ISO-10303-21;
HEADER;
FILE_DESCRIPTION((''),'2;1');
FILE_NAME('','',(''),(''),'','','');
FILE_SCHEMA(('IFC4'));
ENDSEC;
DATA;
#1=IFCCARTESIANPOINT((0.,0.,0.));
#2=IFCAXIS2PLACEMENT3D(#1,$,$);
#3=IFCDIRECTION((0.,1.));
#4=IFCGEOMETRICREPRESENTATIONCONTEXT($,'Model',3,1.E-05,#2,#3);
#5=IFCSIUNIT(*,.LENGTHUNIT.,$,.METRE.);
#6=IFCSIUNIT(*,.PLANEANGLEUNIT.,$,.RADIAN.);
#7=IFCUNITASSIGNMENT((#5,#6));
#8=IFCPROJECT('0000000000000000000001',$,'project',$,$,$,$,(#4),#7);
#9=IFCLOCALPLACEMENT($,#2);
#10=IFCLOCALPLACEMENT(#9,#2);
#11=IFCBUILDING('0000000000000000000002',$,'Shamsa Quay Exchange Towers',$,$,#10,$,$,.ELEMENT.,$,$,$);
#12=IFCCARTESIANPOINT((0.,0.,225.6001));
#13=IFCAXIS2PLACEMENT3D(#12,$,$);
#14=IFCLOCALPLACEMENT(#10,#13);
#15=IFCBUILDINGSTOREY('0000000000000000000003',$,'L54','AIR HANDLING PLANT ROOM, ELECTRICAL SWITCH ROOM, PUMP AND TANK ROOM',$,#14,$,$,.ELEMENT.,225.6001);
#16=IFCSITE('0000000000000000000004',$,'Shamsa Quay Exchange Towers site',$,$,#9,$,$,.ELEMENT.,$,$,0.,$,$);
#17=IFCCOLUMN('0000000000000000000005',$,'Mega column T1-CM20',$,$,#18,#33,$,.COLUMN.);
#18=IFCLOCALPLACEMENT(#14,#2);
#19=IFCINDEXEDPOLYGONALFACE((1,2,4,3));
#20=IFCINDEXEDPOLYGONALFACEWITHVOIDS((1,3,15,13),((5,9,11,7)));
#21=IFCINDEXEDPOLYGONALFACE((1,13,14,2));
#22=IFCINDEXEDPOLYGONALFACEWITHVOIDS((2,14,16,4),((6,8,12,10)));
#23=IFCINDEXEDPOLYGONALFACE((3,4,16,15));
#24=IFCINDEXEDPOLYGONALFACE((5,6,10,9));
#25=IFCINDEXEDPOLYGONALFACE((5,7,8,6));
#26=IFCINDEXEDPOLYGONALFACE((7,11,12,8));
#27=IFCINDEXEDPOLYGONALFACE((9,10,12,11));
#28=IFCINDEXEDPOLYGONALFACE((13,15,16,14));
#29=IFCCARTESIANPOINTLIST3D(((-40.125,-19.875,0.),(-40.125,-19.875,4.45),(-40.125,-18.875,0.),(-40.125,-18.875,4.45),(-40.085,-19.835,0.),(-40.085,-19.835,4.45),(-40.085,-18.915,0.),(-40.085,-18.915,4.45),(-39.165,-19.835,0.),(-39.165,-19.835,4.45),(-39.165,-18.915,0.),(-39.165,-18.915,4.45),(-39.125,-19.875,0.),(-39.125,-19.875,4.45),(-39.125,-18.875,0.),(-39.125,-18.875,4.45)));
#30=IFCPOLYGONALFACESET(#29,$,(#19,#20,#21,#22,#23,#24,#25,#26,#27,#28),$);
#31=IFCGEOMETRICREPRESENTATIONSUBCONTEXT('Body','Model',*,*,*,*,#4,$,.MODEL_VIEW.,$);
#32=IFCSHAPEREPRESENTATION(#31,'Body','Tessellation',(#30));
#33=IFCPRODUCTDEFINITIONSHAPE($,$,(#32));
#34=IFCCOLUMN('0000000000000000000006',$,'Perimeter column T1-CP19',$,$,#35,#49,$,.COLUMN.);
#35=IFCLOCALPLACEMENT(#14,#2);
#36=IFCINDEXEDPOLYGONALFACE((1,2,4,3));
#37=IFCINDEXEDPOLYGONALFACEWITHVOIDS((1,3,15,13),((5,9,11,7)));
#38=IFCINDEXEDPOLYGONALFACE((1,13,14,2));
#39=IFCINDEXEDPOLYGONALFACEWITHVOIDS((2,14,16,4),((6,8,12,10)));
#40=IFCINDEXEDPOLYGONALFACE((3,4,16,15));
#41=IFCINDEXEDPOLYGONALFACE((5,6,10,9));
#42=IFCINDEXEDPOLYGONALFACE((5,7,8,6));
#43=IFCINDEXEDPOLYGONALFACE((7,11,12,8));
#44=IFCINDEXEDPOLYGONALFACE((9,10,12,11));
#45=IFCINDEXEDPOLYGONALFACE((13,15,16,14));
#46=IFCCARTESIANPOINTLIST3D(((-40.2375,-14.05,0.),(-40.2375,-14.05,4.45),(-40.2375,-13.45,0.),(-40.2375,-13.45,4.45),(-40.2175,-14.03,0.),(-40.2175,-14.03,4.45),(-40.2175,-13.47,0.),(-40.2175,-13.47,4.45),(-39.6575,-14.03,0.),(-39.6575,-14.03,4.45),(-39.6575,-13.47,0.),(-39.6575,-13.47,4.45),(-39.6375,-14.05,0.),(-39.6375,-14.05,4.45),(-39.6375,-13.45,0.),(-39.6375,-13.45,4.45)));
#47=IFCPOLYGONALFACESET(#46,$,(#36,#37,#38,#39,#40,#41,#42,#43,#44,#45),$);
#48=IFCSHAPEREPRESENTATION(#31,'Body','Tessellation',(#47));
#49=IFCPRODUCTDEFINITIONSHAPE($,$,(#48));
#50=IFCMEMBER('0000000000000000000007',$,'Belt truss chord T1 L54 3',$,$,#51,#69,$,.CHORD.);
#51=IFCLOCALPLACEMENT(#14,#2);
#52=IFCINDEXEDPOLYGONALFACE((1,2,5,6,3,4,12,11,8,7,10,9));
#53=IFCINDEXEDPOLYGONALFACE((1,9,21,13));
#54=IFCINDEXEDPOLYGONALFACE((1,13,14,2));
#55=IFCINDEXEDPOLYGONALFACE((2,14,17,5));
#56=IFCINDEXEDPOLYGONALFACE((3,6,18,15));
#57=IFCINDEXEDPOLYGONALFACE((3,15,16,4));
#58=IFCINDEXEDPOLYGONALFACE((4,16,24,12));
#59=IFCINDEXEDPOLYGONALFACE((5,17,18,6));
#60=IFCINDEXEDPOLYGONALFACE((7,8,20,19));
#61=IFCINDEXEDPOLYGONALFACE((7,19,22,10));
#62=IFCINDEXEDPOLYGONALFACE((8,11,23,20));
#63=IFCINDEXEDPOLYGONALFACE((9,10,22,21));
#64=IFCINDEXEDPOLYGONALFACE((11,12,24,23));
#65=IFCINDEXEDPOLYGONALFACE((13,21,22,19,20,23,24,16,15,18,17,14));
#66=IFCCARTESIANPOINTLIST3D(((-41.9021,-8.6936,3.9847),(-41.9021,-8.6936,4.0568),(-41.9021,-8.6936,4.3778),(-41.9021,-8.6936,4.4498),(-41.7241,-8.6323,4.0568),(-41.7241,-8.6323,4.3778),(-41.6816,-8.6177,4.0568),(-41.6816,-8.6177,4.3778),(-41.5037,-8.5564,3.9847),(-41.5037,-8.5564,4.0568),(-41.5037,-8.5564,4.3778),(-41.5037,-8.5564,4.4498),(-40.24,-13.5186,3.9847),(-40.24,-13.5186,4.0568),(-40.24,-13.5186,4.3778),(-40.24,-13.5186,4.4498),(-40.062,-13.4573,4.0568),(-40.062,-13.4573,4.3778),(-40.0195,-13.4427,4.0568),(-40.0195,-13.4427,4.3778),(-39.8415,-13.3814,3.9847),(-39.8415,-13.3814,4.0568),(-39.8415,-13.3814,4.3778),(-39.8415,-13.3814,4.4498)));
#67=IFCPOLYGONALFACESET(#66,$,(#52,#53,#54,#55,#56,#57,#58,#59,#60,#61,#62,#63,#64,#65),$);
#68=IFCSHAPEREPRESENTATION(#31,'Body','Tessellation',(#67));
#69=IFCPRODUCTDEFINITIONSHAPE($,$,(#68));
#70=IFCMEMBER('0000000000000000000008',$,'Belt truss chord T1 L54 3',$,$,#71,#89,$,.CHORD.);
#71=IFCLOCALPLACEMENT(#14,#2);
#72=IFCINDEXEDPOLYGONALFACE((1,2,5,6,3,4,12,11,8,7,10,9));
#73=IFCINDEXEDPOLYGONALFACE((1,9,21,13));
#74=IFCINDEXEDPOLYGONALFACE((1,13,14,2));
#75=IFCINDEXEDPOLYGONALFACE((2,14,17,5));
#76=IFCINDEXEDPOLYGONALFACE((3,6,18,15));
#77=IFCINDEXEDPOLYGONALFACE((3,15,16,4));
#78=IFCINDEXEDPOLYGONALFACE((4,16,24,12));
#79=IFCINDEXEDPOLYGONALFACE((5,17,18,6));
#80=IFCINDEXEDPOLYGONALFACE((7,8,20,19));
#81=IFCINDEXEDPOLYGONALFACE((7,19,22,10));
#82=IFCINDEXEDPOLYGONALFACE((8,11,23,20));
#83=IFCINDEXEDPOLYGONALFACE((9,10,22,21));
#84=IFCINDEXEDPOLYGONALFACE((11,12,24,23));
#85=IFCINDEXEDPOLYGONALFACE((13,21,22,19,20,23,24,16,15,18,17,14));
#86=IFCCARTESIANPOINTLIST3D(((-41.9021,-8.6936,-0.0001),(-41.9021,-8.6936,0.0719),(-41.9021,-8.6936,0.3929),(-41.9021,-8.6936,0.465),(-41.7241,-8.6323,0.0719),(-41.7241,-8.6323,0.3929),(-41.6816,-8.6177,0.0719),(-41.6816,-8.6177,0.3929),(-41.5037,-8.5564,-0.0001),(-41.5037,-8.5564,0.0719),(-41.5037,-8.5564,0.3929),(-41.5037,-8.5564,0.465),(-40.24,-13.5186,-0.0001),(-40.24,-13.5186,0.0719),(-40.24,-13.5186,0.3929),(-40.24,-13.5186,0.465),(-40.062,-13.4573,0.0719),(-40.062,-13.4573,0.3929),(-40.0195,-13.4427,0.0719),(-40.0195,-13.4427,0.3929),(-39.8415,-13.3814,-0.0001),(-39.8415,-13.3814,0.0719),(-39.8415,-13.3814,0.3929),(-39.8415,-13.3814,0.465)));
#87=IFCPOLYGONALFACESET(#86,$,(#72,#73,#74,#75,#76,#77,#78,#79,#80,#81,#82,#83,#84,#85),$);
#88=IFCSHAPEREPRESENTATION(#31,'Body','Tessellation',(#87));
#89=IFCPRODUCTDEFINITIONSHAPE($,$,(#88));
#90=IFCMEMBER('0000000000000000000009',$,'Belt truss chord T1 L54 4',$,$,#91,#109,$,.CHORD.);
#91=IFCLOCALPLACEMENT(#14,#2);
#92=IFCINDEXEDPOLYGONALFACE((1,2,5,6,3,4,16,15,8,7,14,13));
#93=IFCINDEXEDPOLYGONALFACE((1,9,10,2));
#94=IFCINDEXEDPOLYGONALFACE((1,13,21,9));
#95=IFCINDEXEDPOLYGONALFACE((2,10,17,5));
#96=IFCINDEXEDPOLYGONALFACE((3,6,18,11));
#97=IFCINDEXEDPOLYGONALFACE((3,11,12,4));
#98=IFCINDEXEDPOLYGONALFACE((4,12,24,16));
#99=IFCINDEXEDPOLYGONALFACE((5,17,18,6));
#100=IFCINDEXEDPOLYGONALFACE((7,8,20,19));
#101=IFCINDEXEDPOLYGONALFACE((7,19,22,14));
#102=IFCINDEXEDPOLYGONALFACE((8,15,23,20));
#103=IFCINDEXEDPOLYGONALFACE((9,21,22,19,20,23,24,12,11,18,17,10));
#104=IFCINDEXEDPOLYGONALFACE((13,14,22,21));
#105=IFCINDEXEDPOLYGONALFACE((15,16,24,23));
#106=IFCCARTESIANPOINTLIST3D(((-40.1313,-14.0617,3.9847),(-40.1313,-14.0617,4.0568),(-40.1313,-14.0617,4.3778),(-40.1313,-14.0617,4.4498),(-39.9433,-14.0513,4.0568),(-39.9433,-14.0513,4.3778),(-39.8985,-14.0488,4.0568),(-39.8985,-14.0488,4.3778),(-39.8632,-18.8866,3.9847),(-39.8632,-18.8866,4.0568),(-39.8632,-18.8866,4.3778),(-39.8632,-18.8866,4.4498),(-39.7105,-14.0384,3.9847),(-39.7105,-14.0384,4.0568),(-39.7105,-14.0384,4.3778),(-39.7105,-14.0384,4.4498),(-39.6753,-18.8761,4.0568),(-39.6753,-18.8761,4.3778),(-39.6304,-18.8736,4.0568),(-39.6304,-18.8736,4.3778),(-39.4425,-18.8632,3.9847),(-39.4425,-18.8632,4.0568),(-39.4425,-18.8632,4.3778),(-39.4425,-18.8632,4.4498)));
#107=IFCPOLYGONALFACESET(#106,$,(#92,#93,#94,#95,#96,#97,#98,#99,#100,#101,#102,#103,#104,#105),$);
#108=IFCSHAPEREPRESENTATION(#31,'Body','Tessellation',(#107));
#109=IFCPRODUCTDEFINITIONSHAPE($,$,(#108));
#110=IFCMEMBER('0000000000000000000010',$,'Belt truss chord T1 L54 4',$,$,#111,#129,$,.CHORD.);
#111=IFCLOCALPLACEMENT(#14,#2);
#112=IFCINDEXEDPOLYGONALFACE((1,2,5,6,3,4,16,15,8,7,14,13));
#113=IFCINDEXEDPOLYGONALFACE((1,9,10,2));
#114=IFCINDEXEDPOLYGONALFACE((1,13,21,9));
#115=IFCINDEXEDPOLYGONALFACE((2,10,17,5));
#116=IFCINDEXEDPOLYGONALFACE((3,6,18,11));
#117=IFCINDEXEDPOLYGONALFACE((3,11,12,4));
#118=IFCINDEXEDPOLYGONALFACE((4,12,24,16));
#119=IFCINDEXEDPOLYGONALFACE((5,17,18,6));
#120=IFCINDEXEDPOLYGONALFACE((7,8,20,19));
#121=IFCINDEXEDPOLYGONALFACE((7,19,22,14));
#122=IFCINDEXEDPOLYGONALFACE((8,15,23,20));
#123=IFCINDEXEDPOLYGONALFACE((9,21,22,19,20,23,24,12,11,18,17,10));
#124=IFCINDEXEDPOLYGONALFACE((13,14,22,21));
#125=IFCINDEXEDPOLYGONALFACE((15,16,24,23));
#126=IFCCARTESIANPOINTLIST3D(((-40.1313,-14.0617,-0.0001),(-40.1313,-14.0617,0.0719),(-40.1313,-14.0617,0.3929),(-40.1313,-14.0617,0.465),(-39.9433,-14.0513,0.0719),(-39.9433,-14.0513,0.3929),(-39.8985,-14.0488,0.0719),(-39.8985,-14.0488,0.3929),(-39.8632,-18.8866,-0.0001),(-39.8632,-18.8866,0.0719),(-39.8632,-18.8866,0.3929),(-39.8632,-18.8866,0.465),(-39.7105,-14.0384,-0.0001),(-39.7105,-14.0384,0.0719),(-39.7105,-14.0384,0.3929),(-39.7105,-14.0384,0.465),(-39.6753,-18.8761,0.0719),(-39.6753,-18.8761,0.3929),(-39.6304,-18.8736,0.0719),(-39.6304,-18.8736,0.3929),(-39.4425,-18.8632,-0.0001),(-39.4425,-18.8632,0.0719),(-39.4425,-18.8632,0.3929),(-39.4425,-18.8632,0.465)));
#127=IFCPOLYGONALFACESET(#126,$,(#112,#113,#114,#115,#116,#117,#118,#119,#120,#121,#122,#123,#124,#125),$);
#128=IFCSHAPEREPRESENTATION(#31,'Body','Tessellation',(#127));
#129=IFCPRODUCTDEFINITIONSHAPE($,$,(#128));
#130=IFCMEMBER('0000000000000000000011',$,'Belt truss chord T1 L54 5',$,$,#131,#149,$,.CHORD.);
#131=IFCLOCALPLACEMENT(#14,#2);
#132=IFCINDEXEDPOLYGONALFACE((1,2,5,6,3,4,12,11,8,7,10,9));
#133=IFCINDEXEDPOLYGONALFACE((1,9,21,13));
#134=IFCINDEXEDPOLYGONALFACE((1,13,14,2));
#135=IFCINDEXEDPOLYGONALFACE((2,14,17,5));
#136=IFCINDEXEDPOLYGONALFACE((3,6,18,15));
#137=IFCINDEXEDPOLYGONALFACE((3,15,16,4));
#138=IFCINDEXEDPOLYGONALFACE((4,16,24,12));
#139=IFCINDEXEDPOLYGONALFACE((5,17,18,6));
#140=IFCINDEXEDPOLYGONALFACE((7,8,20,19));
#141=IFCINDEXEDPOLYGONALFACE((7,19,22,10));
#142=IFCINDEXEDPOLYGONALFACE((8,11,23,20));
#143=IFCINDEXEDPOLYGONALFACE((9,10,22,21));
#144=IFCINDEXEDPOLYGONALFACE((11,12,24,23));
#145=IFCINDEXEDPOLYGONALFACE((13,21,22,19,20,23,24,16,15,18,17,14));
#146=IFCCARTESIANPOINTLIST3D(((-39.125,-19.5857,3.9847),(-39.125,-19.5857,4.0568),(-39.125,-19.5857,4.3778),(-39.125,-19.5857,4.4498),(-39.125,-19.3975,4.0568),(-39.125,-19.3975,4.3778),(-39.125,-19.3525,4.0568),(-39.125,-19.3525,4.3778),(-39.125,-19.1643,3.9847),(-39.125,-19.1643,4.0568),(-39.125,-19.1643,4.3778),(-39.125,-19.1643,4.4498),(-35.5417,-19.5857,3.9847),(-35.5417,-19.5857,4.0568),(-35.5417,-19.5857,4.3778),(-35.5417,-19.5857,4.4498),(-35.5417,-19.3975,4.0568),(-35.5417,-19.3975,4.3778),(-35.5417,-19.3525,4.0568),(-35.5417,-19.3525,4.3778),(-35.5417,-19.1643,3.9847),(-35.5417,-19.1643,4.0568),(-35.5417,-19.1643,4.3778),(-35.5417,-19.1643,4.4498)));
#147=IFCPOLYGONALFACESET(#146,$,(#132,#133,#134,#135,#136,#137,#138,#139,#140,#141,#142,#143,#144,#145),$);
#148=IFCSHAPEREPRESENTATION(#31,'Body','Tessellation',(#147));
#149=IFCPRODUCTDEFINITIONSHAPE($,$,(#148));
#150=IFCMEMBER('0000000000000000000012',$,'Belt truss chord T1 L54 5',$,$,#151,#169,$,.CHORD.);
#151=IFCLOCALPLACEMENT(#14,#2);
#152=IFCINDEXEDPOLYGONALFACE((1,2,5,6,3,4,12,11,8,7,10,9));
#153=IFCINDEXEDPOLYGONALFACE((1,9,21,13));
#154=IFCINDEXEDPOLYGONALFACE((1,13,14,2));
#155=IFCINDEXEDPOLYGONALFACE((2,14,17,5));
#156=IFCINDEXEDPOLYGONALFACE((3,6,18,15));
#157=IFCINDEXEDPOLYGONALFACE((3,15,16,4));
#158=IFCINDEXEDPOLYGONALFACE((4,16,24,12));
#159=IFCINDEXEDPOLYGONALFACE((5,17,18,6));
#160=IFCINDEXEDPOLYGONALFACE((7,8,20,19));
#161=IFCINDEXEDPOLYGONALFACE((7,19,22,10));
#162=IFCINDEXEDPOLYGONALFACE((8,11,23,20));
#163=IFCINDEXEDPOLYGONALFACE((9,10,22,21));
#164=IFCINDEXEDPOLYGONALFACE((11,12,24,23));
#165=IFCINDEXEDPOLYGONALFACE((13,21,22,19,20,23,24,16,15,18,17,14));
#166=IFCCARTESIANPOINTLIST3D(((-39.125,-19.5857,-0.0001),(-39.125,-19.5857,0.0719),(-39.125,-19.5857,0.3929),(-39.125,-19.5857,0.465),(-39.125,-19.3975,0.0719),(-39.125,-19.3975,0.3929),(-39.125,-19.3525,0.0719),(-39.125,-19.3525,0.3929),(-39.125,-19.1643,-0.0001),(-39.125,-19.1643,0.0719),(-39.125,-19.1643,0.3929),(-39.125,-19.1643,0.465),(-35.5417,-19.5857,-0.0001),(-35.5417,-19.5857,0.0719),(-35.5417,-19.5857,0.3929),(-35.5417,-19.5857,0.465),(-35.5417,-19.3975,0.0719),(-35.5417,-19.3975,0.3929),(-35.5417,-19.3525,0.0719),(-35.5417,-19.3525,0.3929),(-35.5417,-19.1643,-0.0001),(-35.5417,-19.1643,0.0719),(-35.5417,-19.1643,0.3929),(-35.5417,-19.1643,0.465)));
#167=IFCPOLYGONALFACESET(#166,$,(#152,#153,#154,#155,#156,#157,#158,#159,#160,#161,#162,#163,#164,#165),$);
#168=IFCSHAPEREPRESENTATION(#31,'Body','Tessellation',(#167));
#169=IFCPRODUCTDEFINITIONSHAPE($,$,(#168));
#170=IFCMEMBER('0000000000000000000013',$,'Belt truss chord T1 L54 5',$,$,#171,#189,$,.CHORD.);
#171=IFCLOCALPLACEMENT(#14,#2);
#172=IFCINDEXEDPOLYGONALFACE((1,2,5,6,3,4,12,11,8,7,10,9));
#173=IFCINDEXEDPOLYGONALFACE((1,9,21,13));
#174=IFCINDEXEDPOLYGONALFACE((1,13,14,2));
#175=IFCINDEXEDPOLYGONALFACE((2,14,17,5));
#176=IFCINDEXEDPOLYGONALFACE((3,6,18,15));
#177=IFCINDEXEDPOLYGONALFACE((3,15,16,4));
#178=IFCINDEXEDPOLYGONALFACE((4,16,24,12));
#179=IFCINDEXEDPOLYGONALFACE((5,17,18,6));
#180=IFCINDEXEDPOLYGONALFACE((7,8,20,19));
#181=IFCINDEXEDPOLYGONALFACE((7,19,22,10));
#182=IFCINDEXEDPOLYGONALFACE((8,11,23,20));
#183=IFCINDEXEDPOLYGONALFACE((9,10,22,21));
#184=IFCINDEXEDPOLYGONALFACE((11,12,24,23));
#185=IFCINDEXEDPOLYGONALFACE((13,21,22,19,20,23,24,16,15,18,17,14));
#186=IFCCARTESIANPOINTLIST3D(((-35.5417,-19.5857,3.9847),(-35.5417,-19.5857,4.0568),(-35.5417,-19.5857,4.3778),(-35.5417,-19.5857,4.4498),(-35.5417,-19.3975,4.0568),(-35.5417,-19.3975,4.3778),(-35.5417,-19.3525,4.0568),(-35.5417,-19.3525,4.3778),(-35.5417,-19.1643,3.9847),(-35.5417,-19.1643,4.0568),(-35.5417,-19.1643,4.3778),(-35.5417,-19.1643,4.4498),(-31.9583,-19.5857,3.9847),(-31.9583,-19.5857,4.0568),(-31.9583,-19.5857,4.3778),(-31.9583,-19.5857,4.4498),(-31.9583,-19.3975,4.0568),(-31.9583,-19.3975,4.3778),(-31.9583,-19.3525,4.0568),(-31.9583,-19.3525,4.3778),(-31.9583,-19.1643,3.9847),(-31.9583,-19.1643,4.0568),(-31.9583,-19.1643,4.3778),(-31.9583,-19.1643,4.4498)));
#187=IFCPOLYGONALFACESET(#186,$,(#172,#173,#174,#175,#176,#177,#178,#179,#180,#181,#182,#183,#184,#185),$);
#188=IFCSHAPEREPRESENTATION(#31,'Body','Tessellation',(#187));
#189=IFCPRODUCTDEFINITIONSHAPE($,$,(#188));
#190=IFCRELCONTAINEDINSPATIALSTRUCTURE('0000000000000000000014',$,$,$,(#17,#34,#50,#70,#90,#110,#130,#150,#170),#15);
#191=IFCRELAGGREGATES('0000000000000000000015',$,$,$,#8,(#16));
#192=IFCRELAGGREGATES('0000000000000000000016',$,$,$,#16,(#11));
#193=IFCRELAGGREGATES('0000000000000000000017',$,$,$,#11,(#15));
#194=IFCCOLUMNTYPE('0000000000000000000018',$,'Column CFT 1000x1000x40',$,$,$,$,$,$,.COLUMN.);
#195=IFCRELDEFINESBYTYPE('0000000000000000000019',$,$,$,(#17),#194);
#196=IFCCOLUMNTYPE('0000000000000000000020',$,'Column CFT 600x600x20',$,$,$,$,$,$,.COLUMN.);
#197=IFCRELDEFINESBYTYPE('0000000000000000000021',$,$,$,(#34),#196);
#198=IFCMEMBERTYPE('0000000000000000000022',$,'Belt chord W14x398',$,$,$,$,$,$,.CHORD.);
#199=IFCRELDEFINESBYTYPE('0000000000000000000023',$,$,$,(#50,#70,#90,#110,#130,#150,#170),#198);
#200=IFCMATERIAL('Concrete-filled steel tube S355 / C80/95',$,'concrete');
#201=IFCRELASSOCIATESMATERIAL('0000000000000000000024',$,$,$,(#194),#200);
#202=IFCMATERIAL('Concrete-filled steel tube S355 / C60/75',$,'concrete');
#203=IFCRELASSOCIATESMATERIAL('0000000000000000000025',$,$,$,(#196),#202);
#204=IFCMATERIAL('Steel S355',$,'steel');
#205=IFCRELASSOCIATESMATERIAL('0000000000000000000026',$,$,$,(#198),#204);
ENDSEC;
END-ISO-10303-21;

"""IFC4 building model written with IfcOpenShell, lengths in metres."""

from ifc_helpers import new_model, si_unit, direction, frame, origin, origin_2d, place, context, subcontext, project, spatial, hollow_rectangle, i_section, extrude, material, material_profile, profile_set, type_object, element, save


model = new_model("IFC4")

# Units and contexts
model_context = context("Model", 3, precision=1e-05, world=origin(), true_north=direction((0.0, 1.0)))
body_context = subcontext(model_context, "Body", "Model", "MODEL_VIEW")
ifc_project = project(units=[si_unit("LENGTHUNIT", "METRE"), si_unit("PLANEANGLEUNIT", "RADIAN")], contexts=[model_context])

# Site, building, storey
site_placement = place(None, origin())
site = spatial("IfcSite", under=ifc_project, at=site_placement, Name="Shamsa Quay Exchange Towers site", CompositionType="ELEMENT", RefElevation=0.0)
building_placement = place(site_placement, origin())
building = spatial("IfcBuilding", under=site, at=building_placement, Name="Shamsa Quay Exchange Towers", CompositionType="ELEMENT")
storey_placement = place(building_placement, frame((0.0, 0.0, 225.6001)))
storey = spatial("IfcBuildingStorey", under=building, at=storey_placement, Name="L54", Description="AIR HANDLING PLANT ROOM, ELECTRICAL SWITCH ROOM, PUMP AND TANK ROOM", CompositionType="ELEMENT", Elevation=225.6001)

# Columns
ifc_material_1 = material(Name="Concrete-filled steel tube S355 / C80/95", Category="concrete")
ifc_material_profile_1 = material_profile(ifc_material_1, hollow_rectangle(XDim=1.0, YDim=1.0, WallThickness=0.04, at=origin_2d()), Name="CFT 1000x1000x40")
ifc_profile_set_1 = profile_set([ifc_material_profile_1], Name="Concrete-filled steel tube S355 / C80/95")
column_type_1 = type_object("IfcColumnType", Name="Column CFT 1000x1000x40", PredefinedType="COLUMN", material=ifc_profile_set_1)
column_1_placement = place(storey_placement, frame((-39.625, -19.375, 0.0)))
element("IfcColumn", 1, at=column_1_placement, inside=storey, type_object=column_type_1, Name="Mega column T1-CM20", PredefinedType="COLUMN", context=body_context, shape_type="SweptSolid", body=[
    extrude(hollow_rectangle(XDim=1.0, YDim=1.0, WallThickness=0.04, at=origin_2d()), origin(), (0.0, 0.0, 1.0), 4.45),
])
ifc_material_2 = material(Name="Concrete-filled steel tube S355 / C60/75", Category="concrete")
ifc_material_profile_2 = material_profile(ifc_material_2, hollow_rectangle(XDim=0.6001, YDim=0.6001, WallThickness=0.02, at=origin_2d()), Name="CFT 600x600x20")
ifc_profile_set_2 = profile_set([ifc_material_profile_2], Name="Concrete-filled steel tube S355 / C60/75")
column_type_2 = type_object("IfcColumnType", Name="Column CFT 600x600x20", PredefinedType="COLUMN", material=ifc_profile_set_2)
column_2_placement = place(storey_placement, frame((-39.9375, -13.75, 0.0)))
element("IfcColumn", 2, at=column_2_placement, inside=storey, type_object=column_type_2, Name="Perimeter column T1-CP19", PredefinedType="COLUMN", context=body_context, shape_type="SweptSolid", body=[
    extrude(hollow_rectangle(XDim=0.6001, YDim=0.6001, WallThickness=0.02, at=origin_2d()), origin(), (0.0, 0.0, 1.0), 4.45),
])

# Members
ifc_material_3 = material(Name="Steel S355", Category="steel")
ifc_material_profile_3 = material_profile(ifc_material_3, i_section(OverallWidth=0.4214, OverallDepth=0.4651, WebThickness=0.0449, FlangeThickness=0.072, at=origin_2d()), Name="W14x398")
ifc_profile_set_3 = profile_set([ifc_material_profile_3], Name="Steel S355")
member_type_1 = type_object("IfcMemberType", Name="Belt chord W14x398", PredefinedType="CHORD", material=ifc_profile_set_3)
for number, where, z_axis, x_axis, name in (
    (3, (-41.7029, -8.625, 4.2173), (0.325699, -0.945474, 0.0), (0.945474, 0.325699, 0.0), "Belt truss chord T1 L54 3"),
    (4, (-41.7029, -8.625, 0.2324), (0.325699, -0.945474, 0.0), (0.945474, 0.325699, 0.0), "Belt truss chord T1 L54 3"),
):
    element("IfcMember", number, at=place(storey_placement, frame(where, z_axis=z_axis, x_axis=x_axis)), inside=storey, type_object=member_type_1, Name=name, PredefinedType="CHORD", context=body_context, shape_type="SweptSolid", body=[
        extrude(i_section(OverallWidth=0.4214, OverallDepth=0.4651, WebThickness=0.0449, FlangeThickness=0.072, at=origin_2d()), origin(), (0.0, 0.0, 1.0), 5.1033),
    ])
for number, where, z_axis, x_axis, name in (
    (5, (-39.9209, -14.05, 4.2173), (0.055473, -0.99846, 0.0), (0.99846, 0.055473, 0.0), "Belt truss chord T1 L54 4"),
    (6, (-39.9209, -14.05, 0.2324), (0.055473, -0.99846, 0.0), (0.99846, 0.055473, 0.0), "Belt truss chord T1 L54 4"),
):
    element("IfcMember", number, at=place(storey_placement, frame(where, z_axis=z_axis, x_axis=x_axis)), inside=storey, type_object=member_type_1, Name=name, PredefinedType="CHORD", context=body_context, shape_type="SweptSolid", body=[
        extrude(i_section(OverallWidth=0.4214, OverallDepth=0.4651, WebThickness=0.0449, FlangeThickness=0.072, at=origin_2d()), origin(), (0.0, 0.0, 1.0), 4.8323),
    ])
for number, where, z_axis, x_axis, name in (
    (7, (-39.125, -19.375, 4.2173), (1.0, 0.0, 0.0), (0.0, 1.0, 0.0), "Belt truss chord T1 L54 5"),
    (8, (-39.125, -19.375, 0.2324), (1.0, 0.0, 0.0), (0.0, 1.0, 0.0), "Belt truss chord T1 L54 5"),
):
    element("IfcMember", number, at=place(storey_placement, frame(where, z_axis=z_axis, x_axis=x_axis)), inside=storey, type_object=member_type_1, Name=name, PredefinedType="CHORD", context=body_context, shape_type="SweptSolid", body=[
        extrude(i_section(OverallWidth=0.4214, OverallDepth=0.4651, WebThickness=0.0449, FlangeThickness=0.072, at=origin_2d()), origin(), (0.0, 0.0, 1.0), 3.5833),
    ])
for number, where, z_axis, x_axis, name in (
    (9, (-35.5417, -19.375, 4.2173), (1.0, 0.0, 0.0), (0.0, 1.0, 0.0), "Belt truss chord T1 L54 5"),
):
    element("IfcMember", number, at=place(storey_placement, frame(where, z_axis=z_axis, x_axis=x_axis)), inside=storey, type_object=member_type_1, Name=name, PredefinedType="CHORD", context=body_context, shape_type="SweptSolid", body=[
        extrude(i_section(OverallWidth=0.4214, OverallDepth=0.4651, WebThickness=0.0449, FlangeThickness=0.072, at=origin_2d()), origin(), (0.0, 0.0, 1.0), 3.5835),
    ])

save(model, "model.ifc")
